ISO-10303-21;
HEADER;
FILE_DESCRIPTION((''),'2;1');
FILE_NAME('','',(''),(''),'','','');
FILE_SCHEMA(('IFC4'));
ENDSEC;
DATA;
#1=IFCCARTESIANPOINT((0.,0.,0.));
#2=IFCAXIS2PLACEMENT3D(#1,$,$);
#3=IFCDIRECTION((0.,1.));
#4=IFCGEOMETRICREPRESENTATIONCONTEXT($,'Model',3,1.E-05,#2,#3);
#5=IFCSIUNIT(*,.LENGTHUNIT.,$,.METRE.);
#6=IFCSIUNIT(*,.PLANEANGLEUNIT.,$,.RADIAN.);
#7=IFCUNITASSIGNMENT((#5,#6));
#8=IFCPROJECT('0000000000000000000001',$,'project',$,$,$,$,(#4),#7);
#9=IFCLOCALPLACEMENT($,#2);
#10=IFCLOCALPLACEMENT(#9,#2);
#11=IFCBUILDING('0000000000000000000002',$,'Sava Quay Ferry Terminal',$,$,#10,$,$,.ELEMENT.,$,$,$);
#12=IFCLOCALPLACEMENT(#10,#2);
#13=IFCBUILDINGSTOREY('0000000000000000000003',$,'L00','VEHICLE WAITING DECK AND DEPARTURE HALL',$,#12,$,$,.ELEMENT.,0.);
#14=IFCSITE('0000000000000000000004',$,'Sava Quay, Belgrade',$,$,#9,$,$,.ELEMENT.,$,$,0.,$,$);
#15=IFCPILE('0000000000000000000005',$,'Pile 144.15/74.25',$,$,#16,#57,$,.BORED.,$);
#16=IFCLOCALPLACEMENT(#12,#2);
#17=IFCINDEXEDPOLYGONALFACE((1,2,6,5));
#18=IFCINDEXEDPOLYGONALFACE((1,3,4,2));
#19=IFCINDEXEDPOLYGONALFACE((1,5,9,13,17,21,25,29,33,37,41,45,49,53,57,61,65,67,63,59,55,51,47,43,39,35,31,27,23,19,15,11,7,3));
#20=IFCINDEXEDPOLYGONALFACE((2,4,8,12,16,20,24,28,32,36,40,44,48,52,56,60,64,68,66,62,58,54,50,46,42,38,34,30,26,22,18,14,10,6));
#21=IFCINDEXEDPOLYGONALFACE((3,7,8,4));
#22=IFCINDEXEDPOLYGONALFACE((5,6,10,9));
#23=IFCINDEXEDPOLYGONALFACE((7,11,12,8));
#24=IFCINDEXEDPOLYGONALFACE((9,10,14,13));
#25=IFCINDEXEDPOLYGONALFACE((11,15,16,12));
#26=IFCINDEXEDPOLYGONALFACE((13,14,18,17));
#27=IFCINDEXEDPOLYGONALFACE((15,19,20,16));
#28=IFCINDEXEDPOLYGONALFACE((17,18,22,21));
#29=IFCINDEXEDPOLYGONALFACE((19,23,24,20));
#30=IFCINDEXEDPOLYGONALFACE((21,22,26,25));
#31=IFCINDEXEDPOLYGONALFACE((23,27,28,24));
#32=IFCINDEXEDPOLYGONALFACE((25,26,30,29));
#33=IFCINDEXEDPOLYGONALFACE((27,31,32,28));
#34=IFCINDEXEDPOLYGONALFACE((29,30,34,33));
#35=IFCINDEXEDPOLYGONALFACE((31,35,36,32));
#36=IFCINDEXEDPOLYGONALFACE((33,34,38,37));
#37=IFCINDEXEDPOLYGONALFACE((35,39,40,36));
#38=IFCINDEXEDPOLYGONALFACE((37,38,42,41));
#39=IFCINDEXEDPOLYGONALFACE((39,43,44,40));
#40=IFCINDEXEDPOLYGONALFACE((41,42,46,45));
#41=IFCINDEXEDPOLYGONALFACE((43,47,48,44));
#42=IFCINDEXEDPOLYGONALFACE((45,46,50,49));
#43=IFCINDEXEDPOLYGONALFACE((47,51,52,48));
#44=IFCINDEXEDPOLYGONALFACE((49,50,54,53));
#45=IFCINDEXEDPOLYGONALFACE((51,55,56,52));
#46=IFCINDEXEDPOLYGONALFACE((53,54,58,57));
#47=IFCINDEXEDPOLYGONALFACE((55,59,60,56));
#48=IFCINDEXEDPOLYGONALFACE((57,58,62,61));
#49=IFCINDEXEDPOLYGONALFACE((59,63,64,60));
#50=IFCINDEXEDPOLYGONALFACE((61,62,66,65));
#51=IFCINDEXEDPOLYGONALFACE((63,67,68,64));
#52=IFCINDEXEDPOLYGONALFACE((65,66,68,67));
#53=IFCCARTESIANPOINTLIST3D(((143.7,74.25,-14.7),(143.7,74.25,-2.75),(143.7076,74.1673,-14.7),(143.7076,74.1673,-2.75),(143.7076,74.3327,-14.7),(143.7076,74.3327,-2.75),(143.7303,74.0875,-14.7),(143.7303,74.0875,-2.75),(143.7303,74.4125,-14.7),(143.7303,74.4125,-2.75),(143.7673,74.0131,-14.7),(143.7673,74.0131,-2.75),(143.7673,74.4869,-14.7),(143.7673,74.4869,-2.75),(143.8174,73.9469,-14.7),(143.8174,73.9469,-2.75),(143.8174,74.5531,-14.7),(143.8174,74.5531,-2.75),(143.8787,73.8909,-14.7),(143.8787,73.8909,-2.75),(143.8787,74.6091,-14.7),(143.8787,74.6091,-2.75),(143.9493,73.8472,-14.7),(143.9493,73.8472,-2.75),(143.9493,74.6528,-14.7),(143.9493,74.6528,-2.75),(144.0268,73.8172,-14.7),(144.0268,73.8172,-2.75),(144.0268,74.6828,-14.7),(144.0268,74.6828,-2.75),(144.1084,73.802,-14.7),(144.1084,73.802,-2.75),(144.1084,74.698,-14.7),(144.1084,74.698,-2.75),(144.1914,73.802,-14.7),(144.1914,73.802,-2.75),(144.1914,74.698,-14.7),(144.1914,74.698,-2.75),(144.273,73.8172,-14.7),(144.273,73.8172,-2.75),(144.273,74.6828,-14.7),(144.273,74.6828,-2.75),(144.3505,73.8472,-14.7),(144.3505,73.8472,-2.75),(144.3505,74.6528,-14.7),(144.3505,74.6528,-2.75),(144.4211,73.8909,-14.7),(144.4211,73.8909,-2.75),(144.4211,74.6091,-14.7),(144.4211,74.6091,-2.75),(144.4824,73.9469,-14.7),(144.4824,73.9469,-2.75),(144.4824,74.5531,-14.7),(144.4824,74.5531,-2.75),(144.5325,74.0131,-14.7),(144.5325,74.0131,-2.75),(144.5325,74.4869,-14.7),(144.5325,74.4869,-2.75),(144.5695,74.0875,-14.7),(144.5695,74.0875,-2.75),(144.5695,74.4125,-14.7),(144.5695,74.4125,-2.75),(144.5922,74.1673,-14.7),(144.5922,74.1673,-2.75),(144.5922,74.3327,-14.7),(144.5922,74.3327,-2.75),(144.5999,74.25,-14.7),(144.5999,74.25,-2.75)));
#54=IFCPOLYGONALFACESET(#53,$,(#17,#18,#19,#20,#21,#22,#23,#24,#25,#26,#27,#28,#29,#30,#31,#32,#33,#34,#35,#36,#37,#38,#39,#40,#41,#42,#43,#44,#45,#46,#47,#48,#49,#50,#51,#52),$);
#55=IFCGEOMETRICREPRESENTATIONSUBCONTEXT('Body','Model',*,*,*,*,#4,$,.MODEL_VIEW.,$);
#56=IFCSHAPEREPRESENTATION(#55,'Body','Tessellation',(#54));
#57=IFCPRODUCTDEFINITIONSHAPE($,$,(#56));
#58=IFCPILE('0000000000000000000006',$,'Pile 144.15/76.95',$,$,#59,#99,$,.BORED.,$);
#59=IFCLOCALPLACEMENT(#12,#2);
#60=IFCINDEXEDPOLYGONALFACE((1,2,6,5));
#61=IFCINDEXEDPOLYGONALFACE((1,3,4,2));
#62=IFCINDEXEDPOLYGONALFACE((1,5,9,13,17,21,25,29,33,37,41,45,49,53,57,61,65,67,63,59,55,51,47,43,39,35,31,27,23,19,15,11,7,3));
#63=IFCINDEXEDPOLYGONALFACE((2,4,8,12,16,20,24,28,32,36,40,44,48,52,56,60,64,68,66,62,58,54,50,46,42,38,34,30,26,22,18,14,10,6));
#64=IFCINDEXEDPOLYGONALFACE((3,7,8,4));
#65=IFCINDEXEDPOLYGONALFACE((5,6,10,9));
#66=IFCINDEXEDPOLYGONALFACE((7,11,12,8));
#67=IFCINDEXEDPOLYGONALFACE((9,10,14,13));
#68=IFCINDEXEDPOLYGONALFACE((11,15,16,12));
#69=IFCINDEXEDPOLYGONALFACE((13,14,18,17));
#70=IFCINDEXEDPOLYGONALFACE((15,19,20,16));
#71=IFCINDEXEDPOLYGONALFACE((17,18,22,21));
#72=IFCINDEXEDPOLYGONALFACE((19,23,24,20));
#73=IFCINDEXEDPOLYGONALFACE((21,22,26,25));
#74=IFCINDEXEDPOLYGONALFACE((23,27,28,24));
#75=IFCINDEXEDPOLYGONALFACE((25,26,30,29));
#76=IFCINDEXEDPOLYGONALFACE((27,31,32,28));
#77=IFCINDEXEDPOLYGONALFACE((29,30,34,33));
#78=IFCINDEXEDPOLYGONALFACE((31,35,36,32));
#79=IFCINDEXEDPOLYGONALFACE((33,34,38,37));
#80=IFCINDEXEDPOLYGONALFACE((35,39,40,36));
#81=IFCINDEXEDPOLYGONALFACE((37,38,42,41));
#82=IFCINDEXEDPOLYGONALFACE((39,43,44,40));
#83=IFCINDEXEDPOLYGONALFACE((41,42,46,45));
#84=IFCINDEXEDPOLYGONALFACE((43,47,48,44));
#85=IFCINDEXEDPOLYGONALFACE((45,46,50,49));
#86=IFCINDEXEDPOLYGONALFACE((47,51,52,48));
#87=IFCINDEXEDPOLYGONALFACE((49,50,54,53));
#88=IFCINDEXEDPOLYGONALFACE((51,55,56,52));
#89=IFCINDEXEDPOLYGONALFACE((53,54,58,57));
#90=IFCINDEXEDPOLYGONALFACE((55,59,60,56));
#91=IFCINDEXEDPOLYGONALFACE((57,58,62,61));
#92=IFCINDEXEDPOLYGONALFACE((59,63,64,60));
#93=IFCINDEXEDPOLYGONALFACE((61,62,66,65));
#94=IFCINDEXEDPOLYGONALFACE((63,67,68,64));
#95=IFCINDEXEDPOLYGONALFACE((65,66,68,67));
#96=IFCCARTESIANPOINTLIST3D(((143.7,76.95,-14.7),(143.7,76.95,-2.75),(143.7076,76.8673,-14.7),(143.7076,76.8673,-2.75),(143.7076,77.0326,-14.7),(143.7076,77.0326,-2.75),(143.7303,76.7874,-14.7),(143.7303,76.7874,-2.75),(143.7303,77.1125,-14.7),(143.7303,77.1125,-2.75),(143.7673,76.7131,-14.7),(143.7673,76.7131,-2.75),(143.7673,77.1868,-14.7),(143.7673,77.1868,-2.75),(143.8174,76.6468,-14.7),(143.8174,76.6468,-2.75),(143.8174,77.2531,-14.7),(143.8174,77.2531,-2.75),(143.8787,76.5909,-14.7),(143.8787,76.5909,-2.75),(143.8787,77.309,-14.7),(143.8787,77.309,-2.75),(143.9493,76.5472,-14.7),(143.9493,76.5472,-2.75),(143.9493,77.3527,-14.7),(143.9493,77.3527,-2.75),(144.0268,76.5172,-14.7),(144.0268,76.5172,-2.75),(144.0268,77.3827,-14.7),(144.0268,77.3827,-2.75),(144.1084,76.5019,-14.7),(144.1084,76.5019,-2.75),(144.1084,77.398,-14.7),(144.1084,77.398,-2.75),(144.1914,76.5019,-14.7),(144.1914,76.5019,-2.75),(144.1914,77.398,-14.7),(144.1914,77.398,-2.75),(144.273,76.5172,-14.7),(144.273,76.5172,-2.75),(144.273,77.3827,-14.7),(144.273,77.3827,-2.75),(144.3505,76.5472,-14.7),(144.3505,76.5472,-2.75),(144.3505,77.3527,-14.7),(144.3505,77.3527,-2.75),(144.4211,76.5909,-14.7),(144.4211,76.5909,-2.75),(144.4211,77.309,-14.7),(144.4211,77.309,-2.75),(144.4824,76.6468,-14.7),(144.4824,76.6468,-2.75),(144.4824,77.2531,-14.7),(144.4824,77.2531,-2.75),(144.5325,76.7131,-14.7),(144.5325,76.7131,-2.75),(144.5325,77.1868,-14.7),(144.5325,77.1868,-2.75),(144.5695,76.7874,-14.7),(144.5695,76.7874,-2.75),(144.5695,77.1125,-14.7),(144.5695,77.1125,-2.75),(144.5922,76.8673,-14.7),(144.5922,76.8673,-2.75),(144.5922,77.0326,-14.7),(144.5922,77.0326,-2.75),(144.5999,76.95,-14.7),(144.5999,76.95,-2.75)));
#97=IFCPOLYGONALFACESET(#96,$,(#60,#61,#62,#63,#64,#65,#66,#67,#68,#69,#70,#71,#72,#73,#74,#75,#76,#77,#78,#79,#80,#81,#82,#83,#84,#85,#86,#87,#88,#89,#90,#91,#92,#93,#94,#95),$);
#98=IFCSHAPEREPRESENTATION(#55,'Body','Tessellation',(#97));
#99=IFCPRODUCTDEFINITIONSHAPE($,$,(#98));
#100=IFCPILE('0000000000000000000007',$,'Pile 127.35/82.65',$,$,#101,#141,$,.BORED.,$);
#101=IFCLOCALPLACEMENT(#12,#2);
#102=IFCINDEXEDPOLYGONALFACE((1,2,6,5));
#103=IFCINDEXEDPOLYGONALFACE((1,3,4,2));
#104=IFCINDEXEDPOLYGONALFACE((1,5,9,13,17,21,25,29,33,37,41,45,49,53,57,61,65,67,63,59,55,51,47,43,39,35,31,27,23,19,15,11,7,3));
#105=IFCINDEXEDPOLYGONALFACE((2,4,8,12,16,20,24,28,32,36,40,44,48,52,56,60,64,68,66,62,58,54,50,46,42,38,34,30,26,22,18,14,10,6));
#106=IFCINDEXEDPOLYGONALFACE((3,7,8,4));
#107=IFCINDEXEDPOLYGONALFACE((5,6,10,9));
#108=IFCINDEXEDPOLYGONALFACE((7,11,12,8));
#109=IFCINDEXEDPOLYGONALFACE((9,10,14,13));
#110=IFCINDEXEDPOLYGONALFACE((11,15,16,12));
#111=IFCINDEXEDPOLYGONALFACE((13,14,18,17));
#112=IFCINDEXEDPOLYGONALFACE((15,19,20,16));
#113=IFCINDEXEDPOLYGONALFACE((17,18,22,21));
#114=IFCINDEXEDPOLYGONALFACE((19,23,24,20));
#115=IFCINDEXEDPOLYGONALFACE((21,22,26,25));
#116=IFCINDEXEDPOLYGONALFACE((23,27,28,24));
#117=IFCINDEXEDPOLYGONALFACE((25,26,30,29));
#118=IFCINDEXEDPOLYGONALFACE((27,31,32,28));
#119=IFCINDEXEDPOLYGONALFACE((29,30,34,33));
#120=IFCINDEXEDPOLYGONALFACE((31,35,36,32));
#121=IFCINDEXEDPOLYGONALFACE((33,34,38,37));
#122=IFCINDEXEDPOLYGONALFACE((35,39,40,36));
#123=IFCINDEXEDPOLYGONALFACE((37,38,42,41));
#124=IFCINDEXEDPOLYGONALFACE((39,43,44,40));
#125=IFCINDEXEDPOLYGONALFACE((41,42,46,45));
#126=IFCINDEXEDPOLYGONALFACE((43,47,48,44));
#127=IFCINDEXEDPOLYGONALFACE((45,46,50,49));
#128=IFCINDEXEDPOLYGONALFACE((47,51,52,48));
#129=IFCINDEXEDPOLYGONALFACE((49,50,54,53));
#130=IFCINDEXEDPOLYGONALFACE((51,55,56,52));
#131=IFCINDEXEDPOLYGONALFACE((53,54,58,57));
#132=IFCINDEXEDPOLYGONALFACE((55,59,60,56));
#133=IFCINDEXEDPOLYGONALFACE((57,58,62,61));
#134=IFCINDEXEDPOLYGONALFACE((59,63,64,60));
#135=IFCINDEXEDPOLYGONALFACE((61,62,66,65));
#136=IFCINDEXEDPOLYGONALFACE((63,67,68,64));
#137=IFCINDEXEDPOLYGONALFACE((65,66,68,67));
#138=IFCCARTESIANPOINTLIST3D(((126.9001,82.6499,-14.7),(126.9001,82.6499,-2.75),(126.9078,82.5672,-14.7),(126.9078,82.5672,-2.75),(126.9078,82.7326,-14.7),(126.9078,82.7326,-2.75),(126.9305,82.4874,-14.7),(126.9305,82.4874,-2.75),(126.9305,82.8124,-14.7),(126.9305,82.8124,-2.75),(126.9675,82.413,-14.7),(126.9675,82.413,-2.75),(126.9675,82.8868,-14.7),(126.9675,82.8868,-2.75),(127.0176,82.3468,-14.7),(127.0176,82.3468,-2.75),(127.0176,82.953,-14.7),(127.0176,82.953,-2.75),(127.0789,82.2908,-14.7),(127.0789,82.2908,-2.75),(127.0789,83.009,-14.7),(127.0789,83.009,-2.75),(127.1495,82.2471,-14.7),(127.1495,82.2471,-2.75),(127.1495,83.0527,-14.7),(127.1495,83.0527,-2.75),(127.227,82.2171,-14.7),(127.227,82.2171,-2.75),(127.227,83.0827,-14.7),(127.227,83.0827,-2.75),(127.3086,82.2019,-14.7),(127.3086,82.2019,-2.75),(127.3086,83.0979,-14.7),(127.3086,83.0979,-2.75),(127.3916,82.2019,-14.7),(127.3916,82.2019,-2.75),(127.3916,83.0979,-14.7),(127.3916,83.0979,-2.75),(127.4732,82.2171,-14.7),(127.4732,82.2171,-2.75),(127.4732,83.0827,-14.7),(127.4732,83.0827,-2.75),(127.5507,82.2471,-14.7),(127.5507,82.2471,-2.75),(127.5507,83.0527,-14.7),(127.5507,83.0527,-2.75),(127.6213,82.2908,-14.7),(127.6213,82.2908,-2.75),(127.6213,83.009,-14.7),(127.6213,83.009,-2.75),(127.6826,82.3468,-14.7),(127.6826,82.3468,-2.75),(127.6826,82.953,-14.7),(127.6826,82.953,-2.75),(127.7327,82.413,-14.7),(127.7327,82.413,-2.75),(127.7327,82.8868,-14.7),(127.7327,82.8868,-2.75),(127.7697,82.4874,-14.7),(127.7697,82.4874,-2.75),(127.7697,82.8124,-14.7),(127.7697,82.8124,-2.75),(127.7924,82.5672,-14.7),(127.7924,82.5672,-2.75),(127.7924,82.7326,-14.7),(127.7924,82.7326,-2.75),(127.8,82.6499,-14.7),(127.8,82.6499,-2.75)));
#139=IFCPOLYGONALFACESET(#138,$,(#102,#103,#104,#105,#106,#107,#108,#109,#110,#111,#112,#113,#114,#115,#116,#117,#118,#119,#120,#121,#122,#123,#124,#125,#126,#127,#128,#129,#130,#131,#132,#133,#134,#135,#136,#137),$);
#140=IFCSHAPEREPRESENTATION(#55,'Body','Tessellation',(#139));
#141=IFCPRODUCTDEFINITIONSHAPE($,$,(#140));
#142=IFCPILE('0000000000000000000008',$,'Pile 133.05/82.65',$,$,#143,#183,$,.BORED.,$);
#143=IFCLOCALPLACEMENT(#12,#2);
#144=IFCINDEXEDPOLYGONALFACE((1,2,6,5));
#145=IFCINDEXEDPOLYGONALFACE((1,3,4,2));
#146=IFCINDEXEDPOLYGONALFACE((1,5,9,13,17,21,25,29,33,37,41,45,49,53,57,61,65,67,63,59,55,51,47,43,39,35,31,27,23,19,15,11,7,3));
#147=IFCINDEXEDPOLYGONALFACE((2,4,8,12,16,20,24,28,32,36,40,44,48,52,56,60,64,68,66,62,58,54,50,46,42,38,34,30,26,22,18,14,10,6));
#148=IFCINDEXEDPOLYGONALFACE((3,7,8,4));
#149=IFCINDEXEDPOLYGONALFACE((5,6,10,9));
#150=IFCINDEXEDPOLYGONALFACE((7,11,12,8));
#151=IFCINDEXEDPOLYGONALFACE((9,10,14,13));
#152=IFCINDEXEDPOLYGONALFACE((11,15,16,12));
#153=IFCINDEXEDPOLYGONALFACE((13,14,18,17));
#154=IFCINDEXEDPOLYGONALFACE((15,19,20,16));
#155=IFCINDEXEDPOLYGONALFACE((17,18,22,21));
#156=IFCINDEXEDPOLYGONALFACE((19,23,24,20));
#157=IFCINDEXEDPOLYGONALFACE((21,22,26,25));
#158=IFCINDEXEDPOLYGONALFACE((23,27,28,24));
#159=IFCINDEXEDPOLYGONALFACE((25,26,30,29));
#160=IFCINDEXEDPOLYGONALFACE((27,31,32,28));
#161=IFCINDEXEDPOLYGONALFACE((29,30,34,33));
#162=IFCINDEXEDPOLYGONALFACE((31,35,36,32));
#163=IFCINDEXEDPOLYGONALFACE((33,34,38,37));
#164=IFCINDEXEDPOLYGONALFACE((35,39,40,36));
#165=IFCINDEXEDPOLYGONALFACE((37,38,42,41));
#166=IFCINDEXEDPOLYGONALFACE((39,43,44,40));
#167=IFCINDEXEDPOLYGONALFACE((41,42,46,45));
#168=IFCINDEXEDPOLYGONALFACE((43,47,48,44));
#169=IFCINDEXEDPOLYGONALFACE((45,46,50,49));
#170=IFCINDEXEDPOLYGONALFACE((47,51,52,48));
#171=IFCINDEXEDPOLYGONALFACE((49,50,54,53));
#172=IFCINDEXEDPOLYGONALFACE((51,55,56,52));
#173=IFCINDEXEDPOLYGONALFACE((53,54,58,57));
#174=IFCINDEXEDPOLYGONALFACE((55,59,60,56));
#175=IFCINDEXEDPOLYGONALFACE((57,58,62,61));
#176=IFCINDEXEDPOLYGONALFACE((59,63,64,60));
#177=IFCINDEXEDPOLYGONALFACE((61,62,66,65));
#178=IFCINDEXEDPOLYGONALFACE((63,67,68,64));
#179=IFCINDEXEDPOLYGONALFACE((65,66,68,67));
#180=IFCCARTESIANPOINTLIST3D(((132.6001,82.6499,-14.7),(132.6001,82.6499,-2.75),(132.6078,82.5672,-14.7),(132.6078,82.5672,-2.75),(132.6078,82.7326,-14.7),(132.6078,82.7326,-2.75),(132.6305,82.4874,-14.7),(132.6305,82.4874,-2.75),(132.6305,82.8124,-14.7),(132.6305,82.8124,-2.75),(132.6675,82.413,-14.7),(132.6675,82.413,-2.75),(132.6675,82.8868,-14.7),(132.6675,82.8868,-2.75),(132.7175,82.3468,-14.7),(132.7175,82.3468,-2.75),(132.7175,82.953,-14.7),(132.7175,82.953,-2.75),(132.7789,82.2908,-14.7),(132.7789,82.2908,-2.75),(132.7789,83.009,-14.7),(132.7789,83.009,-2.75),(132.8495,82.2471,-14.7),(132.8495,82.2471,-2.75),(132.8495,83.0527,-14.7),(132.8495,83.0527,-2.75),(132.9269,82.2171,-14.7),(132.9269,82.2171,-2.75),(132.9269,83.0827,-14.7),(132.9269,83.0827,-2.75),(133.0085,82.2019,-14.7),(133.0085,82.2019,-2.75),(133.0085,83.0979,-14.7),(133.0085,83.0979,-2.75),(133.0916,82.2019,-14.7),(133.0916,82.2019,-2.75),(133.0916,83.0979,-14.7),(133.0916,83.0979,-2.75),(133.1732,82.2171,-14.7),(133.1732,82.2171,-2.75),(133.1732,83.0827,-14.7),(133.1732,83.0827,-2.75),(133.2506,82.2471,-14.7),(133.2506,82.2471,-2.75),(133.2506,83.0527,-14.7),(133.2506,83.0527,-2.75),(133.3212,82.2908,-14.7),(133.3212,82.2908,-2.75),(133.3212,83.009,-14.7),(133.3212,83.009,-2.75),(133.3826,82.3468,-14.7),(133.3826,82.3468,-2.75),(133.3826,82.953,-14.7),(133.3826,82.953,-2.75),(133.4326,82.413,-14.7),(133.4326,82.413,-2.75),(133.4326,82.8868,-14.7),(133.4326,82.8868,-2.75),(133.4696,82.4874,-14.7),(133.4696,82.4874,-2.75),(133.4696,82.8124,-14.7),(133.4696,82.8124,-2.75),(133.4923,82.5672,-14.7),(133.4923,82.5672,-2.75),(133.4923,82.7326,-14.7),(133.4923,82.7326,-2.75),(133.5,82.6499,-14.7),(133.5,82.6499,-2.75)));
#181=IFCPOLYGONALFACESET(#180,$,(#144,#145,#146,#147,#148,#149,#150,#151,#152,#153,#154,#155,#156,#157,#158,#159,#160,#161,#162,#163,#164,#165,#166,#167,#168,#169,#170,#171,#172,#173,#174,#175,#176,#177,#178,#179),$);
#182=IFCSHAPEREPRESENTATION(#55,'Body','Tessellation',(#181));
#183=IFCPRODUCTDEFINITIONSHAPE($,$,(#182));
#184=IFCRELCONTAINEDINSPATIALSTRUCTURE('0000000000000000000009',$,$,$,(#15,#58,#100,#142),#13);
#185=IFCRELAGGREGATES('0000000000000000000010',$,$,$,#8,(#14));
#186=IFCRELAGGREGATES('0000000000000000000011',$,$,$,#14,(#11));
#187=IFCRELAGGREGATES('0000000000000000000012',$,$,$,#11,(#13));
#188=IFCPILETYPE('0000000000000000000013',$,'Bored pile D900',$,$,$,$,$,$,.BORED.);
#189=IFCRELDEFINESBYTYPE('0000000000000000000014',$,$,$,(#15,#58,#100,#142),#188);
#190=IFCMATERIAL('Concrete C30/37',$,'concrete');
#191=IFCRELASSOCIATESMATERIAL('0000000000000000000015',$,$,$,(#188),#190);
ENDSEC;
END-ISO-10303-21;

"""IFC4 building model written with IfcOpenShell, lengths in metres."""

from ifc_helpers import new_model, si_unit, direction, frame, origin, origin_2d, place, context, subcontext, project, spatial, circle, extrude, material, material_profile, profile_set, type_object, element, save


model = new_model("IFC4")

# Units and contexts
model_context = context("Model", 3, precision=1e-05, world=origin(), true_north=direction((0.0, 1.0)))
body_context = subcontext(model_context, "Body", "Model", "MODEL_VIEW")
ifc_project = project(units=[si_unit("LENGTHUNIT", "METRE"), si_unit("PLANEANGLEUNIT", "RADIAN")], contexts=[model_context])

# Site, building, storey
site_placement = place(None, origin())
site = spatial("IfcSite", under=ifc_project, at=site_placement, Name="Sava Quay, Belgrade", CompositionType="ELEMENT", RefElevation=0.0)
building_placement = place(site_placement, origin())
building = spatial("IfcBuilding", under=site, at=building_placement, Name="Sava Quay Ferry Terminal", CompositionType="ELEMENT")
storey_placement = place(building_placement, origin())
storey = spatial("IfcBuildingStorey", under=building, at=storey_placement, Name="L00", Description="VEHICLE WAITING DECK AND DEPARTURE HALL", CompositionType="ELEMENT", Elevation=0.0)

# Piles
ifc_material_1 = material(Name="Concrete C30/37", Category="concrete")
ifc_material_profile_1 = material_profile(ifc_material_1, circle(Radius=0.45, at=origin_2d()), Name="Bored pile D900")
ifc_profile_set_1 = profile_set([ifc_material_profile_1], Name="Concrete C30/37")
pile_type = type_object("IfcPileType", Name="Bored pile D900", PredefinedType="BORED", material=ifc_profile_set_1)
for number, where, z_axis, x_axis, name in (
    (1, (144.1499, 74.25, -2.75), (0.0, 0.0, -1.0), (1.0, 0.0, 0.0), "Pile 144.15/74.25"),
    (2, (144.1499, 76.95, -2.75), (0.0, 0.0, -1.0), (1.0, 0.0, 0.0), "Pile 144.15/76.95"),
    (3, (127.3501, 82.6499, -2.75), (0.0, 0.0, -1.0), (1.0, 0.0, 0.0), "Pile 127.35/82.65"),
    (4, (133.05, 82.6499, -2.75), (0.0, 0.0, -1.0), (1.0, 0.0, 0.0), "Pile 133.05/82.65"),
):
    element("IfcPile", number, at=place(storey_placement, frame(where, z_axis=z_axis, x_axis=x_axis)), inside=storey, type_object=pile_type, Name=name, PredefinedType="BORED", context=body_context, shape_type="SweptSolid", body=[
        extrude(circle(Radius=0.45, at=origin_2d()), origin(), (0.0, 0.0, 1.0), 11.95),
    ])

save(model, "model.ifc")
